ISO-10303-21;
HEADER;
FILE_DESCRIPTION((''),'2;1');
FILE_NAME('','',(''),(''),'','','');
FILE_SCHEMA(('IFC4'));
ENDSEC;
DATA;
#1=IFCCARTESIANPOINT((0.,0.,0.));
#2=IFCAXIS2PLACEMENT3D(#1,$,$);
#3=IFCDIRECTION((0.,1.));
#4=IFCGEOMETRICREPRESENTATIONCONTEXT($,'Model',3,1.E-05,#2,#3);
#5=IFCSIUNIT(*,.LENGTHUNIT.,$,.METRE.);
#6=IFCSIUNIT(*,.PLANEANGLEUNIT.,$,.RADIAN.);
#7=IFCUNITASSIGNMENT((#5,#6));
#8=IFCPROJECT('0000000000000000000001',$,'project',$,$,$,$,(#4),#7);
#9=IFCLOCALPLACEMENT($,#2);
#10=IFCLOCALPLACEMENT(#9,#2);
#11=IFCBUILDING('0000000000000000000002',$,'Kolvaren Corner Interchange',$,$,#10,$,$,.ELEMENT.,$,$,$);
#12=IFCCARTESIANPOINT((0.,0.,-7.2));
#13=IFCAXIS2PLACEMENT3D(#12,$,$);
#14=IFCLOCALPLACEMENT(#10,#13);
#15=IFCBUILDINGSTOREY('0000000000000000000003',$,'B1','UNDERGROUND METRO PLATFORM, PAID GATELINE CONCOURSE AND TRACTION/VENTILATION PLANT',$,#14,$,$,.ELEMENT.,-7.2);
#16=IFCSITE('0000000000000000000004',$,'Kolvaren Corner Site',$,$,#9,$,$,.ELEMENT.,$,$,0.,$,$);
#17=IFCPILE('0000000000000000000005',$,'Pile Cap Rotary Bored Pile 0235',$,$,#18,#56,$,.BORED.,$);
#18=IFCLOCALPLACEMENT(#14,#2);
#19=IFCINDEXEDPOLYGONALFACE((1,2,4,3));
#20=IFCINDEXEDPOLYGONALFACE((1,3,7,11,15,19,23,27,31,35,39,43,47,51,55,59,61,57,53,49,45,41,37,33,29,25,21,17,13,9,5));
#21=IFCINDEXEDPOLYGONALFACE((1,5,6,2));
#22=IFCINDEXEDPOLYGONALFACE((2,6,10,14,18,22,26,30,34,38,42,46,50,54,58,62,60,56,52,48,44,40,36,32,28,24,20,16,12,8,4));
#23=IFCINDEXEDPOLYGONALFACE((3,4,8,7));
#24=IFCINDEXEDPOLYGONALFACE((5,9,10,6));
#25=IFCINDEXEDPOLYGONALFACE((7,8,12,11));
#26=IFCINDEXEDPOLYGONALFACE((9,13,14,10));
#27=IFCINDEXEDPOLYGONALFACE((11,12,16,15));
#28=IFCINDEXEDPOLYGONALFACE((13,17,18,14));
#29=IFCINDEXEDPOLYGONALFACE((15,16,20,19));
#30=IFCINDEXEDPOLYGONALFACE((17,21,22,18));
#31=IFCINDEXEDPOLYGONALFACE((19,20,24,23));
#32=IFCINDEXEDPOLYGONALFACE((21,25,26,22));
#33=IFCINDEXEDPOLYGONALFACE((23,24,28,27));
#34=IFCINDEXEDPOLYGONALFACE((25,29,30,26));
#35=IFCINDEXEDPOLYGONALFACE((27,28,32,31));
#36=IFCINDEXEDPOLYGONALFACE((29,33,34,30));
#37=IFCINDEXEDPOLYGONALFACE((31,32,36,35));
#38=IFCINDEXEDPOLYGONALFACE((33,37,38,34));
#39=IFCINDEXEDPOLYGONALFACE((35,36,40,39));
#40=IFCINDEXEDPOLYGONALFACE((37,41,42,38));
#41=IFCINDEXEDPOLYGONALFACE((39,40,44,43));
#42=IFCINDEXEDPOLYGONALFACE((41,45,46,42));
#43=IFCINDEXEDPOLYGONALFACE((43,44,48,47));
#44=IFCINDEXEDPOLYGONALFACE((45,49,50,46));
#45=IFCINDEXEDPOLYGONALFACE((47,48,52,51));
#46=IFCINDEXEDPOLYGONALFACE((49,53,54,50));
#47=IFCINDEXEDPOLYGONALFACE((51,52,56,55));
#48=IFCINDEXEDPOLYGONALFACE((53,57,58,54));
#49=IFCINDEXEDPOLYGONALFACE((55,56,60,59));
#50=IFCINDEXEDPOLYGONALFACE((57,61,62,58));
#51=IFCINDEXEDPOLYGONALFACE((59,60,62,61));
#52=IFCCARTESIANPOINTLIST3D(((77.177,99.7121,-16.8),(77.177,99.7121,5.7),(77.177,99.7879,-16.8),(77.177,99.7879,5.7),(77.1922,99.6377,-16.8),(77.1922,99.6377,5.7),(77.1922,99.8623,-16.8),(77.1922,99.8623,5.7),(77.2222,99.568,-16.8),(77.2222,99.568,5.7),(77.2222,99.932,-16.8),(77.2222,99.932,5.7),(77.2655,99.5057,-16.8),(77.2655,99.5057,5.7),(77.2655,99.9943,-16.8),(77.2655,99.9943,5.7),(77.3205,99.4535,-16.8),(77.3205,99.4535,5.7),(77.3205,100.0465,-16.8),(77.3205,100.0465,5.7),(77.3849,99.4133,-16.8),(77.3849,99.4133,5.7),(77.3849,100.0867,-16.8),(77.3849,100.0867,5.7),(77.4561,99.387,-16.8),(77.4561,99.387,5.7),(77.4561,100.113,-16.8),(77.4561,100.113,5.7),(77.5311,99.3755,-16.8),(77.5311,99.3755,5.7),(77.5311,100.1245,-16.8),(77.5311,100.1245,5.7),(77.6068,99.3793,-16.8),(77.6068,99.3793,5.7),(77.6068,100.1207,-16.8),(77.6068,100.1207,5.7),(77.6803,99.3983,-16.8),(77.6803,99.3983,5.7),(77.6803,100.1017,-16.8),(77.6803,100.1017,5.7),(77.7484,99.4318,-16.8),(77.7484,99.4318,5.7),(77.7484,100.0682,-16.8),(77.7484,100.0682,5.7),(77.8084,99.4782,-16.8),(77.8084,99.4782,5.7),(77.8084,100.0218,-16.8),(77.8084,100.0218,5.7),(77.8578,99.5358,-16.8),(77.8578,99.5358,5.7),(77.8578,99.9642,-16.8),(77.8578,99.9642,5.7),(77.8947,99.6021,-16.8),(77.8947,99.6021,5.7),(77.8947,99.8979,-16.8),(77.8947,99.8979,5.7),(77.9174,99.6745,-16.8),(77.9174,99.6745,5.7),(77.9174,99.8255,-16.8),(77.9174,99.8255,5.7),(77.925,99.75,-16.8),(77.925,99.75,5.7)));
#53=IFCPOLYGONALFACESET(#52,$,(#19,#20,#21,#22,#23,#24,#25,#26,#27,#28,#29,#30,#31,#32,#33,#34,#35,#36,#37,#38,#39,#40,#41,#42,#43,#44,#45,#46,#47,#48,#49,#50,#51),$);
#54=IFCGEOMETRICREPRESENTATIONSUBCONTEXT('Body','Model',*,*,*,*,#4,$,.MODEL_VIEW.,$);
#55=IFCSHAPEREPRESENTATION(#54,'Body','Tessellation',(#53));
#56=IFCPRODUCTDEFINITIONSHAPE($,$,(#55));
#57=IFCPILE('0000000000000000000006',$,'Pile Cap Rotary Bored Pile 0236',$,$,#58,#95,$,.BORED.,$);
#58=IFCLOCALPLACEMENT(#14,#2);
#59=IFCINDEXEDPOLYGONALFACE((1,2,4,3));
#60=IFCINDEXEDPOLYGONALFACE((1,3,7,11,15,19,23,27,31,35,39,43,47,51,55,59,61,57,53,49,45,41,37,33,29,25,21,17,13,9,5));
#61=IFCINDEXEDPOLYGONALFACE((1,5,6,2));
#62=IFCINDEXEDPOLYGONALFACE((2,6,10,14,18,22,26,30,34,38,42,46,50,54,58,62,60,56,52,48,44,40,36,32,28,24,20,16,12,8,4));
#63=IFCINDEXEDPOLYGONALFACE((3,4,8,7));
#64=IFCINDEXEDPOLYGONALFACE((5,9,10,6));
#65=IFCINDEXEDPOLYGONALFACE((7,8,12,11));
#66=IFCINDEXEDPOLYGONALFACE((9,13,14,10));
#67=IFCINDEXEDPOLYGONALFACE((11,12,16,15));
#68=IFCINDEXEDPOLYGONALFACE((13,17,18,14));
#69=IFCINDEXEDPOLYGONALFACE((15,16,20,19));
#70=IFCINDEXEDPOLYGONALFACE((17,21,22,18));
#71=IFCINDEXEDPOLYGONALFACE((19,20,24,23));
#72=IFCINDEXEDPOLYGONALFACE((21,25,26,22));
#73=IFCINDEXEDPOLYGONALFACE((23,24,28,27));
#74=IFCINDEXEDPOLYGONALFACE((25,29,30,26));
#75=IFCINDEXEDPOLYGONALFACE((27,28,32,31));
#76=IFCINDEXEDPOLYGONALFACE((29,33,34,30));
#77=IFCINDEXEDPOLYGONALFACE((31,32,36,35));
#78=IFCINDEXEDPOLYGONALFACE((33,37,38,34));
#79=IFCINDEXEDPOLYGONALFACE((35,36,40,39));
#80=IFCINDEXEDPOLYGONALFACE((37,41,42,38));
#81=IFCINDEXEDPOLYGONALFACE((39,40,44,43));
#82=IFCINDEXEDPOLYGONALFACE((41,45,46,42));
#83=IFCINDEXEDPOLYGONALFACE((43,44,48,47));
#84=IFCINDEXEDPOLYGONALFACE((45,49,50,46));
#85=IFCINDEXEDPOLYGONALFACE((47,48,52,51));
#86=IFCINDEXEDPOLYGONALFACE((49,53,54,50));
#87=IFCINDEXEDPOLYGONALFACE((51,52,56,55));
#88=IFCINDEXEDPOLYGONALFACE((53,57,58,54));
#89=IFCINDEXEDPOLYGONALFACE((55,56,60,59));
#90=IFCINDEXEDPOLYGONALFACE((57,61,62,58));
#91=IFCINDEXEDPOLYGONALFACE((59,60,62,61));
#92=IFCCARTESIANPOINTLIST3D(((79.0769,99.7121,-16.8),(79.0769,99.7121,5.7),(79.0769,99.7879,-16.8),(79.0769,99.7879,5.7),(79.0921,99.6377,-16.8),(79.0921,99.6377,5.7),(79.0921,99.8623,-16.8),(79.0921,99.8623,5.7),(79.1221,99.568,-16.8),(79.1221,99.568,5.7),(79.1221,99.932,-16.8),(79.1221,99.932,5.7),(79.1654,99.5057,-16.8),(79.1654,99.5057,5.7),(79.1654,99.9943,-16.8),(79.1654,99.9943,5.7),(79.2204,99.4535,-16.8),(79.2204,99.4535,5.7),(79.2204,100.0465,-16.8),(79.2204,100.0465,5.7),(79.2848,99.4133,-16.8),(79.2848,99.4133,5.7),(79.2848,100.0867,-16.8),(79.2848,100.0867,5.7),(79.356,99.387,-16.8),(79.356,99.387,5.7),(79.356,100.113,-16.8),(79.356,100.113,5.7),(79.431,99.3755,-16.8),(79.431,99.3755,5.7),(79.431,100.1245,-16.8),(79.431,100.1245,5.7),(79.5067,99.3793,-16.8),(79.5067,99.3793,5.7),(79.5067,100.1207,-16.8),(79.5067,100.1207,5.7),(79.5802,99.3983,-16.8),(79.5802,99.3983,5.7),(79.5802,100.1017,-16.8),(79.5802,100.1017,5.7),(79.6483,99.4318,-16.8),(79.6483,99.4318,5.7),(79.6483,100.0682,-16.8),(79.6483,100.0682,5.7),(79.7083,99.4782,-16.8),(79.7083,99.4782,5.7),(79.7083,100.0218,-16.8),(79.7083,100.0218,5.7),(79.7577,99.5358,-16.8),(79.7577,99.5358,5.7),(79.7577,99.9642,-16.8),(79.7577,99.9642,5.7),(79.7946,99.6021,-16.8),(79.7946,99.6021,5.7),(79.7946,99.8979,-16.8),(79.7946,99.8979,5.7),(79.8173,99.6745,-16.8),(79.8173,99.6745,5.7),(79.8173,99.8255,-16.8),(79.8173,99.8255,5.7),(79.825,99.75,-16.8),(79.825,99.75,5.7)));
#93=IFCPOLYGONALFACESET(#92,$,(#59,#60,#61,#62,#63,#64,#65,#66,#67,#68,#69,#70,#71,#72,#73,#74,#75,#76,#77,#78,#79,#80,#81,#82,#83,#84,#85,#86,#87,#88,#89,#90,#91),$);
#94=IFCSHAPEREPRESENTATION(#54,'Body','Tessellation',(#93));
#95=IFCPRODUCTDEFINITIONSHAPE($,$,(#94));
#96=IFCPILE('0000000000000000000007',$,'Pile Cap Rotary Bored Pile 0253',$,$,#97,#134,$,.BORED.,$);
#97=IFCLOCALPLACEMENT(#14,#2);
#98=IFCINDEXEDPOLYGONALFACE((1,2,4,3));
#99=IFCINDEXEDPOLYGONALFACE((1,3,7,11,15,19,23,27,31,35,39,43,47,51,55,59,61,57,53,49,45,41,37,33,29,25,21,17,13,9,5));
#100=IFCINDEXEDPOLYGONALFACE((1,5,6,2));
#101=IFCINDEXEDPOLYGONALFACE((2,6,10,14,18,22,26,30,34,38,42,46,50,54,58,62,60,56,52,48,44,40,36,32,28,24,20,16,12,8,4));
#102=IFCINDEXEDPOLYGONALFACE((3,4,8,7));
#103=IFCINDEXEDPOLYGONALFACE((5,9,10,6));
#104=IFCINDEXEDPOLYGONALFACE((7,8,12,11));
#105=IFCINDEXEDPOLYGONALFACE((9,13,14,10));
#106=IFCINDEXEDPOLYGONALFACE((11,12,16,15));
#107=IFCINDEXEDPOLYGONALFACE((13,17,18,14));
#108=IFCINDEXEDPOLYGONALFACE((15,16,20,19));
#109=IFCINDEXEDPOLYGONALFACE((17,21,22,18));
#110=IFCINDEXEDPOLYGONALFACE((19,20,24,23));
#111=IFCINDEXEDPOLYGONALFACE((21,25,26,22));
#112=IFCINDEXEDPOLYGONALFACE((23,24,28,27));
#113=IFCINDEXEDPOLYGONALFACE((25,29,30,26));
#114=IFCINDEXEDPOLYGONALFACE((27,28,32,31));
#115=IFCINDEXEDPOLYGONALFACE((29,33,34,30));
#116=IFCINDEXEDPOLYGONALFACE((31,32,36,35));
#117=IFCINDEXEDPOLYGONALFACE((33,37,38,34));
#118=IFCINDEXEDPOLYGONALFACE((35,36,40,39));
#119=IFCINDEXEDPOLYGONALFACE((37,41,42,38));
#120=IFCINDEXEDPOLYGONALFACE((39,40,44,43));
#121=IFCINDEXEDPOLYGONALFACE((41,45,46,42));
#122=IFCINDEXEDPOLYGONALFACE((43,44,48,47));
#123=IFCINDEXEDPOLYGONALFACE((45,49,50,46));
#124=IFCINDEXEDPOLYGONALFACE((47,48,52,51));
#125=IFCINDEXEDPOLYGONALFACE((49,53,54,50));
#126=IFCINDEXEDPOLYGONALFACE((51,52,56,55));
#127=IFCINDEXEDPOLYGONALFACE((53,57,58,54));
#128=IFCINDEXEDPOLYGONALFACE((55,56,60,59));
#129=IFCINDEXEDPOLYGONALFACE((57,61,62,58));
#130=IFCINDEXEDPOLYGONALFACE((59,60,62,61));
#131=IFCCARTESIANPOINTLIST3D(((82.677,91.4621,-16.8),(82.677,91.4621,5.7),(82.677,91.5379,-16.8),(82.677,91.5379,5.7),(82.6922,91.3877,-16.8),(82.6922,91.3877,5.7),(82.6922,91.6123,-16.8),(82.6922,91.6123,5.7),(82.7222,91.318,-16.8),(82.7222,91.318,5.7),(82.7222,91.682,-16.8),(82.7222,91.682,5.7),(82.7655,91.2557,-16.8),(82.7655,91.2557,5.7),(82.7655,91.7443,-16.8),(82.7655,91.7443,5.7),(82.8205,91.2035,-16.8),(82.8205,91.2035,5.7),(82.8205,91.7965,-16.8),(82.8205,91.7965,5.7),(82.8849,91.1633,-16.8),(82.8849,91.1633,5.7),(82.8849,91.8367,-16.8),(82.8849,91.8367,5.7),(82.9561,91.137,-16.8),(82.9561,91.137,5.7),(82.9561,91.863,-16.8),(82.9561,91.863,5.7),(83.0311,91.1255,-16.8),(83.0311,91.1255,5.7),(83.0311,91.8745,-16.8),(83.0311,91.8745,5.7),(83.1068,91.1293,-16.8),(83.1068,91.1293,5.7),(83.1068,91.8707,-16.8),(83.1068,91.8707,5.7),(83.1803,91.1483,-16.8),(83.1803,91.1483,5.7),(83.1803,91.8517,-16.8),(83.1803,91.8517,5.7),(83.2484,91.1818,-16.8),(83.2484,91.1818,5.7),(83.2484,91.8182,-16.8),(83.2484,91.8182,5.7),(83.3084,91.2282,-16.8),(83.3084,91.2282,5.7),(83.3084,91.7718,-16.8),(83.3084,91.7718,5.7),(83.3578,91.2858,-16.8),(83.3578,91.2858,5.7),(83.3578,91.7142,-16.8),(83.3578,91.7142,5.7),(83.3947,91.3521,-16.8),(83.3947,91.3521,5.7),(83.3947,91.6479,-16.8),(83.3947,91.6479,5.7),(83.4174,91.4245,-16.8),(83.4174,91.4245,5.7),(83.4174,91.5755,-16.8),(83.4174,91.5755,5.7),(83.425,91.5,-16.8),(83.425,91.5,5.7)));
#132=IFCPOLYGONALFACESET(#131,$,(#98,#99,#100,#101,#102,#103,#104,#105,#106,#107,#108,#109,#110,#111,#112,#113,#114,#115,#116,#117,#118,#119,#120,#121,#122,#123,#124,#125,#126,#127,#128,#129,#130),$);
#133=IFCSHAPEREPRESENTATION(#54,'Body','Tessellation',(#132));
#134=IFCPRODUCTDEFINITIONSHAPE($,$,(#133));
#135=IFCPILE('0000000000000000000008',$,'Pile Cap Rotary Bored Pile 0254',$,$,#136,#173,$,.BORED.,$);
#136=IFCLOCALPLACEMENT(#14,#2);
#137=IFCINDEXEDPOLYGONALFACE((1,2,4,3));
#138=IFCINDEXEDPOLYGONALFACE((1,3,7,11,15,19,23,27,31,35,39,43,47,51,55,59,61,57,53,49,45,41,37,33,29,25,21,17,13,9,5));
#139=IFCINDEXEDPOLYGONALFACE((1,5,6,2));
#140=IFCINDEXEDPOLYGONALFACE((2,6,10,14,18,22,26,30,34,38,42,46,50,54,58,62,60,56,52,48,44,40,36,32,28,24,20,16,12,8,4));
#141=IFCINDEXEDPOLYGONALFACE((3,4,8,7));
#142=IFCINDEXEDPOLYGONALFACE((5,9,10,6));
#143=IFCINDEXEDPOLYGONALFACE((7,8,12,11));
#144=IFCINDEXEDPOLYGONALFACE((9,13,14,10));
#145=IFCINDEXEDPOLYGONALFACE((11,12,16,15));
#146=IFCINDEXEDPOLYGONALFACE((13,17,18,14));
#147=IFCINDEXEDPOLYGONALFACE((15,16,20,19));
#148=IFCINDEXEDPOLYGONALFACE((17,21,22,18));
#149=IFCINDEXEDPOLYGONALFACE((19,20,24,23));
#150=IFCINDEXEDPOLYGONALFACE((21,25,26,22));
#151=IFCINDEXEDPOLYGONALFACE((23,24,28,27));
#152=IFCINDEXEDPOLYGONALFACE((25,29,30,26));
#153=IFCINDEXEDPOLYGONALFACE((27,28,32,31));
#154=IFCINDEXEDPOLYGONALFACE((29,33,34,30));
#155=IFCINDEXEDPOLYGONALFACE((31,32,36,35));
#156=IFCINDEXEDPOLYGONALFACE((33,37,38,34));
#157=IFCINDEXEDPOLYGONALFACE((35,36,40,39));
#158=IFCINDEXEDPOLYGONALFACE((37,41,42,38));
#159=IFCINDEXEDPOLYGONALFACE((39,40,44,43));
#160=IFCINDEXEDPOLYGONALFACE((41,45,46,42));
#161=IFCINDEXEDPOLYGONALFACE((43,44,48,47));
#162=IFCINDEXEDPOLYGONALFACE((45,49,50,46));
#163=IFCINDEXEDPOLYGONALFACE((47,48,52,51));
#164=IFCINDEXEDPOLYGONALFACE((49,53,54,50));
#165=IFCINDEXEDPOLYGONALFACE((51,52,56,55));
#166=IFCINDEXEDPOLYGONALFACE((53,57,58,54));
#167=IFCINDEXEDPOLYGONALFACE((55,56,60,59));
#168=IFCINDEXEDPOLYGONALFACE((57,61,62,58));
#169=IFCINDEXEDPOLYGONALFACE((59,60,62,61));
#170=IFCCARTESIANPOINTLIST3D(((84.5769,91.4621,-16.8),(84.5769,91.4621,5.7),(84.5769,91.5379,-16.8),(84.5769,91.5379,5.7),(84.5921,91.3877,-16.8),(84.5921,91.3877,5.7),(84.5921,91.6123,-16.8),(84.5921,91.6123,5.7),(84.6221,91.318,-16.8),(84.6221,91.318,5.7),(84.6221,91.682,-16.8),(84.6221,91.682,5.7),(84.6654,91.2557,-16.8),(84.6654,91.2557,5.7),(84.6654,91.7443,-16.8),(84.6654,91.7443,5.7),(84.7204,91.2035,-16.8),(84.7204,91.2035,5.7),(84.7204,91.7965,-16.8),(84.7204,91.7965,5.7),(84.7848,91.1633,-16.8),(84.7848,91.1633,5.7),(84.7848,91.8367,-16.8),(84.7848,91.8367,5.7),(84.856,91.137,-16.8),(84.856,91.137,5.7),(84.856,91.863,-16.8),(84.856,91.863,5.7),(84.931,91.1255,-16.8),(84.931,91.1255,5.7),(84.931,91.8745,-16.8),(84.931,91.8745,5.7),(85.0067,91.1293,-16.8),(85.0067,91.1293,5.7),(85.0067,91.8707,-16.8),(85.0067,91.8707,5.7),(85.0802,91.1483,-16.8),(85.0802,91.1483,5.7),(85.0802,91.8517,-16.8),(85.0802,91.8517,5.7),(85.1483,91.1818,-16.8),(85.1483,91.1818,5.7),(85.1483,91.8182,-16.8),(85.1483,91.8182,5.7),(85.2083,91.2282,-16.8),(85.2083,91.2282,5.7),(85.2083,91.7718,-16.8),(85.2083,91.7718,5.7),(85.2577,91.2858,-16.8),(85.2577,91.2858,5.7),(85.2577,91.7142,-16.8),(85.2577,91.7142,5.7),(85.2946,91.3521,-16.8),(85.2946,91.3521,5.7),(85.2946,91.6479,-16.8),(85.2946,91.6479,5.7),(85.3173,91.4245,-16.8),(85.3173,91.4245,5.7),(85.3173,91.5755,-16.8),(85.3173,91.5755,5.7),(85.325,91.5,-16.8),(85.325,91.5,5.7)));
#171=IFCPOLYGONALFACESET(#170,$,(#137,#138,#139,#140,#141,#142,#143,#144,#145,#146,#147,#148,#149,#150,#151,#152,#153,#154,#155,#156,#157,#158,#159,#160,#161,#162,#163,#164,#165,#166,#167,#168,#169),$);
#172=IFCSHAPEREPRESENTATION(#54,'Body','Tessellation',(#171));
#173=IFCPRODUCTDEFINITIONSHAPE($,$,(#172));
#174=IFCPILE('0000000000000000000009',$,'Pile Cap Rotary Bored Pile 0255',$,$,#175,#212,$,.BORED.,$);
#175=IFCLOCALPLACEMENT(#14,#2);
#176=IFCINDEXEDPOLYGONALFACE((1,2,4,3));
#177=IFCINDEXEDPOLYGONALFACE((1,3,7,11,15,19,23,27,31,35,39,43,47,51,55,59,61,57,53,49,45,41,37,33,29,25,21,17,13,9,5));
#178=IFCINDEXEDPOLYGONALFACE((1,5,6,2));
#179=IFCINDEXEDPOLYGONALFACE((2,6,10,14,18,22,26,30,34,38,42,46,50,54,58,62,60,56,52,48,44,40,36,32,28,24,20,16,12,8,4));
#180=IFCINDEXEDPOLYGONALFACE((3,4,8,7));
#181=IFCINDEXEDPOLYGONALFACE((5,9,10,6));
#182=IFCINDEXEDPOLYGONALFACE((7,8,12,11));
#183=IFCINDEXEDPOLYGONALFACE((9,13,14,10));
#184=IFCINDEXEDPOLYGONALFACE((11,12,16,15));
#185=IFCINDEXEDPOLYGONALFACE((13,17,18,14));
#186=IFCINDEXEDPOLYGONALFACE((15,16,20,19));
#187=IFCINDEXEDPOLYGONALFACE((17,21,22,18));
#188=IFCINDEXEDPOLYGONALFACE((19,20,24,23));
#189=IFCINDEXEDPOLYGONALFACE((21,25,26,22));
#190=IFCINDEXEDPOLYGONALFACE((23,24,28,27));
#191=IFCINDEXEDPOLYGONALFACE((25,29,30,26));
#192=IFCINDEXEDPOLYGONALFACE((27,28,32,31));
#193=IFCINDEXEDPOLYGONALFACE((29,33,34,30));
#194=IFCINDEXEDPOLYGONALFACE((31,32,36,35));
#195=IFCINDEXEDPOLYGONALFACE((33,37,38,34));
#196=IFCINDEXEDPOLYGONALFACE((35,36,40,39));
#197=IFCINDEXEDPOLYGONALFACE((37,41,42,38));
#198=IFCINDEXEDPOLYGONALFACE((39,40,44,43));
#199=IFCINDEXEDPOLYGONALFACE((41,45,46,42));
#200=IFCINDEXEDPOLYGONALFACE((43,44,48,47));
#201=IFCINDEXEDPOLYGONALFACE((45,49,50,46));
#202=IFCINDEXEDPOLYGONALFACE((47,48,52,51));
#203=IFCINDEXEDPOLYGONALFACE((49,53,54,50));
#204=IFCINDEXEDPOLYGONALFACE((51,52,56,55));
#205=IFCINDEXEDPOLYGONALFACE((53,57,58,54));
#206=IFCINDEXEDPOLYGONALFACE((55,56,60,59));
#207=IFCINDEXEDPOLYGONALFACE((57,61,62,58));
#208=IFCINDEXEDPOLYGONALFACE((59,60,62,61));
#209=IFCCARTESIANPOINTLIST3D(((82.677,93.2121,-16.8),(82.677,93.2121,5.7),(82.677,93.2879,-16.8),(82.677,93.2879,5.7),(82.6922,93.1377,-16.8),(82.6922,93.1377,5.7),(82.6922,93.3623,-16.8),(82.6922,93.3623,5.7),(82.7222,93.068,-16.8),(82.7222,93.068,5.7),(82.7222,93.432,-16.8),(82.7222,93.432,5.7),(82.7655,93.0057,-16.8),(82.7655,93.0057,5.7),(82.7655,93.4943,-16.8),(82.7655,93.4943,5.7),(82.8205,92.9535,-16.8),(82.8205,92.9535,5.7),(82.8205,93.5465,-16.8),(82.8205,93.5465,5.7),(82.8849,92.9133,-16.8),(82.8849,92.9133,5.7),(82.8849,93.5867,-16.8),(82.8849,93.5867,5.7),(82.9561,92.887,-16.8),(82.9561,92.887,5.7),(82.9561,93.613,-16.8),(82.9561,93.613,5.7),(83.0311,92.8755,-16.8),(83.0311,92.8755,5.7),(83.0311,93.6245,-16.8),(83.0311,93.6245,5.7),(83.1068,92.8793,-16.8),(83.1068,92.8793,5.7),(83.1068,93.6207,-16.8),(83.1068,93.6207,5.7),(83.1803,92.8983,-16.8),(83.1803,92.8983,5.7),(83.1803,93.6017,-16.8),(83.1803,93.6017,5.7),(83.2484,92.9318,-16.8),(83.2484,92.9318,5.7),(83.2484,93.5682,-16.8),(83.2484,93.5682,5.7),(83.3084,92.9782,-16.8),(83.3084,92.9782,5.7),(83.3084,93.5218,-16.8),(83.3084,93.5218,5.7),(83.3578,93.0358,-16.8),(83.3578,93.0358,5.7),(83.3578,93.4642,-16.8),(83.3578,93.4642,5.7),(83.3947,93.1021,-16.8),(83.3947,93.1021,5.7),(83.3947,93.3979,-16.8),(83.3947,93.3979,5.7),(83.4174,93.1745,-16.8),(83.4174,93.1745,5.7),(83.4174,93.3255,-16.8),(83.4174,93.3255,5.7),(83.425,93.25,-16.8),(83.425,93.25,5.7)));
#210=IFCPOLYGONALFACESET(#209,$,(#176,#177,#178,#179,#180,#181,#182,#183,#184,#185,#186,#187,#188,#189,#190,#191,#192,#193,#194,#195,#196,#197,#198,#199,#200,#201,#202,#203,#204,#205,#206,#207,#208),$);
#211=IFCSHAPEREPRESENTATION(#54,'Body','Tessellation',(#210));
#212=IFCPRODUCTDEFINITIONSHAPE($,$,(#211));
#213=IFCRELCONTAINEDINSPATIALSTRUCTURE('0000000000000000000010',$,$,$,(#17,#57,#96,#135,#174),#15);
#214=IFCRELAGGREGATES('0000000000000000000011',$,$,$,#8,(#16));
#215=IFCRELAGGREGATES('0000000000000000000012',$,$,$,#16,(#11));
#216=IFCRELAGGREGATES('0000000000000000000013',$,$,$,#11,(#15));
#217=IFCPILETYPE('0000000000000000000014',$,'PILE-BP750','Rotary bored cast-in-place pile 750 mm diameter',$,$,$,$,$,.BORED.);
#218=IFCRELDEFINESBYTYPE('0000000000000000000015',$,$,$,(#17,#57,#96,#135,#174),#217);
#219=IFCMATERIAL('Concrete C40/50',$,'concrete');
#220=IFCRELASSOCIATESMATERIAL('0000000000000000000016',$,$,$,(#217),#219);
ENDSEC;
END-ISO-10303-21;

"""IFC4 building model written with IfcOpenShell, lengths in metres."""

from ifc_helpers import new_model, si_unit, direction, frame, origin, origin_2d, place, context, subcontext, project, spatial, circle, extrude, material, material_profile, profile_set, type_object, element, save


model = new_model("IFC4")

# Units and contexts
model_context = context("Model", 3, precision=1e-05, world=origin(), true_north=direction((0.0, 1.0)))
body_context = subcontext(model_context, "Body", "Model", "MODEL_VIEW")
ifc_project = project(units=[si_unit("LENGTHUNIT", "METRE"), si_unit("PLANEANGLEUNIT", "RADIAN")], contexts=[model_context])

# Site, building, storey
site_placement = place(None, origin())
site = spatial("IfcSite", under=ifc_project, at=site_placement, Name="Kolvaren Corner Site", CompositionType="ELEMENT", RefElevation=0.0)
building_placement = place(site_placement, origin())
building = spatial("IfcBuilding", under=site, at=building_placement, Name="Kolvaren Corner Interchange", CompositionType="ELEMENT")
storey_placement = place(building_placement, frame((0.0, 0.0, -7.2)))
storey = spatial("IfcBuildingStorey", under=building, at=storey_placement, Name="B1", Description="UNDERGROUND METRO PLATFORM, PAID GATELINE CONCOURSE AND TRACTION/VENTILATION PLANT", CompositionType="ELEMENT", Elevation=-7.2)

# Piles
ifc_material_1 = material(Name="Concrete C40/50", Category="concrete")
ifc_material_profile = material_profile(ifc_material_1, circle(Radius=0.375, at=origin_2d()), Name="BORED PILE 750")
ifc_profile_set = profile_set([ifc_material_profile], Name="Concrete C40/50")
pile_type = type_object("IfcPileType", Name="PILE-BP750", Description="Rotary bored cast-in-place pile 750 mm diameter", PredefinedType="BORED", material=ifc_profile_set)
for number, where, z_axis, x_axis, name in (
    (1, (77.55, 99.75, 5.7), (0.0, 0.0, -1.0), (1.0, 0.0, 0.0), "Pile Cap Rotary Bored Pile 0235"),
    (2, (79.45, 99.75, 5.7), (0.0, 0.0, -1.0), (1.0, 0.0, 0.0), "Pile Cap Rotary Bored Pile 0236"),
    (3, (83.05, 91.5, 5.7), (0.0, 0.0, -1.0), (1.0, 0.0, 0.0), "Pile Cap Rotary Bored Pile 0253"),
    (4, (84.95, 91.5, 5.7), (0.0, 0.0, -1.0), (1.0, 0.0, 0.0), "Pile Cap Rotary Bored Pile 0254"),
    (5, (83.05, 93.25, 5.7), (0.0, 0.0, -1.0), (1.0, 0.0, 0.0), "Pile Cap Rotary Bored Pile 0255"),
):
    element("IfcPile", number, at=place(storey_placement, frame(where, z_axis=z_axis, x_axis=x_axis)), inside=storey, type_object=pile_type, Name=name, PredefinedType="BORED", context=body_context, shape_type="SweptSolid", body=[
        extrude(circle(Radius=0.375, at=origin_2d()), origin(), (0.0, 0.0, 1.0), 22.5),
    ])

save(model, "model.ifc")
